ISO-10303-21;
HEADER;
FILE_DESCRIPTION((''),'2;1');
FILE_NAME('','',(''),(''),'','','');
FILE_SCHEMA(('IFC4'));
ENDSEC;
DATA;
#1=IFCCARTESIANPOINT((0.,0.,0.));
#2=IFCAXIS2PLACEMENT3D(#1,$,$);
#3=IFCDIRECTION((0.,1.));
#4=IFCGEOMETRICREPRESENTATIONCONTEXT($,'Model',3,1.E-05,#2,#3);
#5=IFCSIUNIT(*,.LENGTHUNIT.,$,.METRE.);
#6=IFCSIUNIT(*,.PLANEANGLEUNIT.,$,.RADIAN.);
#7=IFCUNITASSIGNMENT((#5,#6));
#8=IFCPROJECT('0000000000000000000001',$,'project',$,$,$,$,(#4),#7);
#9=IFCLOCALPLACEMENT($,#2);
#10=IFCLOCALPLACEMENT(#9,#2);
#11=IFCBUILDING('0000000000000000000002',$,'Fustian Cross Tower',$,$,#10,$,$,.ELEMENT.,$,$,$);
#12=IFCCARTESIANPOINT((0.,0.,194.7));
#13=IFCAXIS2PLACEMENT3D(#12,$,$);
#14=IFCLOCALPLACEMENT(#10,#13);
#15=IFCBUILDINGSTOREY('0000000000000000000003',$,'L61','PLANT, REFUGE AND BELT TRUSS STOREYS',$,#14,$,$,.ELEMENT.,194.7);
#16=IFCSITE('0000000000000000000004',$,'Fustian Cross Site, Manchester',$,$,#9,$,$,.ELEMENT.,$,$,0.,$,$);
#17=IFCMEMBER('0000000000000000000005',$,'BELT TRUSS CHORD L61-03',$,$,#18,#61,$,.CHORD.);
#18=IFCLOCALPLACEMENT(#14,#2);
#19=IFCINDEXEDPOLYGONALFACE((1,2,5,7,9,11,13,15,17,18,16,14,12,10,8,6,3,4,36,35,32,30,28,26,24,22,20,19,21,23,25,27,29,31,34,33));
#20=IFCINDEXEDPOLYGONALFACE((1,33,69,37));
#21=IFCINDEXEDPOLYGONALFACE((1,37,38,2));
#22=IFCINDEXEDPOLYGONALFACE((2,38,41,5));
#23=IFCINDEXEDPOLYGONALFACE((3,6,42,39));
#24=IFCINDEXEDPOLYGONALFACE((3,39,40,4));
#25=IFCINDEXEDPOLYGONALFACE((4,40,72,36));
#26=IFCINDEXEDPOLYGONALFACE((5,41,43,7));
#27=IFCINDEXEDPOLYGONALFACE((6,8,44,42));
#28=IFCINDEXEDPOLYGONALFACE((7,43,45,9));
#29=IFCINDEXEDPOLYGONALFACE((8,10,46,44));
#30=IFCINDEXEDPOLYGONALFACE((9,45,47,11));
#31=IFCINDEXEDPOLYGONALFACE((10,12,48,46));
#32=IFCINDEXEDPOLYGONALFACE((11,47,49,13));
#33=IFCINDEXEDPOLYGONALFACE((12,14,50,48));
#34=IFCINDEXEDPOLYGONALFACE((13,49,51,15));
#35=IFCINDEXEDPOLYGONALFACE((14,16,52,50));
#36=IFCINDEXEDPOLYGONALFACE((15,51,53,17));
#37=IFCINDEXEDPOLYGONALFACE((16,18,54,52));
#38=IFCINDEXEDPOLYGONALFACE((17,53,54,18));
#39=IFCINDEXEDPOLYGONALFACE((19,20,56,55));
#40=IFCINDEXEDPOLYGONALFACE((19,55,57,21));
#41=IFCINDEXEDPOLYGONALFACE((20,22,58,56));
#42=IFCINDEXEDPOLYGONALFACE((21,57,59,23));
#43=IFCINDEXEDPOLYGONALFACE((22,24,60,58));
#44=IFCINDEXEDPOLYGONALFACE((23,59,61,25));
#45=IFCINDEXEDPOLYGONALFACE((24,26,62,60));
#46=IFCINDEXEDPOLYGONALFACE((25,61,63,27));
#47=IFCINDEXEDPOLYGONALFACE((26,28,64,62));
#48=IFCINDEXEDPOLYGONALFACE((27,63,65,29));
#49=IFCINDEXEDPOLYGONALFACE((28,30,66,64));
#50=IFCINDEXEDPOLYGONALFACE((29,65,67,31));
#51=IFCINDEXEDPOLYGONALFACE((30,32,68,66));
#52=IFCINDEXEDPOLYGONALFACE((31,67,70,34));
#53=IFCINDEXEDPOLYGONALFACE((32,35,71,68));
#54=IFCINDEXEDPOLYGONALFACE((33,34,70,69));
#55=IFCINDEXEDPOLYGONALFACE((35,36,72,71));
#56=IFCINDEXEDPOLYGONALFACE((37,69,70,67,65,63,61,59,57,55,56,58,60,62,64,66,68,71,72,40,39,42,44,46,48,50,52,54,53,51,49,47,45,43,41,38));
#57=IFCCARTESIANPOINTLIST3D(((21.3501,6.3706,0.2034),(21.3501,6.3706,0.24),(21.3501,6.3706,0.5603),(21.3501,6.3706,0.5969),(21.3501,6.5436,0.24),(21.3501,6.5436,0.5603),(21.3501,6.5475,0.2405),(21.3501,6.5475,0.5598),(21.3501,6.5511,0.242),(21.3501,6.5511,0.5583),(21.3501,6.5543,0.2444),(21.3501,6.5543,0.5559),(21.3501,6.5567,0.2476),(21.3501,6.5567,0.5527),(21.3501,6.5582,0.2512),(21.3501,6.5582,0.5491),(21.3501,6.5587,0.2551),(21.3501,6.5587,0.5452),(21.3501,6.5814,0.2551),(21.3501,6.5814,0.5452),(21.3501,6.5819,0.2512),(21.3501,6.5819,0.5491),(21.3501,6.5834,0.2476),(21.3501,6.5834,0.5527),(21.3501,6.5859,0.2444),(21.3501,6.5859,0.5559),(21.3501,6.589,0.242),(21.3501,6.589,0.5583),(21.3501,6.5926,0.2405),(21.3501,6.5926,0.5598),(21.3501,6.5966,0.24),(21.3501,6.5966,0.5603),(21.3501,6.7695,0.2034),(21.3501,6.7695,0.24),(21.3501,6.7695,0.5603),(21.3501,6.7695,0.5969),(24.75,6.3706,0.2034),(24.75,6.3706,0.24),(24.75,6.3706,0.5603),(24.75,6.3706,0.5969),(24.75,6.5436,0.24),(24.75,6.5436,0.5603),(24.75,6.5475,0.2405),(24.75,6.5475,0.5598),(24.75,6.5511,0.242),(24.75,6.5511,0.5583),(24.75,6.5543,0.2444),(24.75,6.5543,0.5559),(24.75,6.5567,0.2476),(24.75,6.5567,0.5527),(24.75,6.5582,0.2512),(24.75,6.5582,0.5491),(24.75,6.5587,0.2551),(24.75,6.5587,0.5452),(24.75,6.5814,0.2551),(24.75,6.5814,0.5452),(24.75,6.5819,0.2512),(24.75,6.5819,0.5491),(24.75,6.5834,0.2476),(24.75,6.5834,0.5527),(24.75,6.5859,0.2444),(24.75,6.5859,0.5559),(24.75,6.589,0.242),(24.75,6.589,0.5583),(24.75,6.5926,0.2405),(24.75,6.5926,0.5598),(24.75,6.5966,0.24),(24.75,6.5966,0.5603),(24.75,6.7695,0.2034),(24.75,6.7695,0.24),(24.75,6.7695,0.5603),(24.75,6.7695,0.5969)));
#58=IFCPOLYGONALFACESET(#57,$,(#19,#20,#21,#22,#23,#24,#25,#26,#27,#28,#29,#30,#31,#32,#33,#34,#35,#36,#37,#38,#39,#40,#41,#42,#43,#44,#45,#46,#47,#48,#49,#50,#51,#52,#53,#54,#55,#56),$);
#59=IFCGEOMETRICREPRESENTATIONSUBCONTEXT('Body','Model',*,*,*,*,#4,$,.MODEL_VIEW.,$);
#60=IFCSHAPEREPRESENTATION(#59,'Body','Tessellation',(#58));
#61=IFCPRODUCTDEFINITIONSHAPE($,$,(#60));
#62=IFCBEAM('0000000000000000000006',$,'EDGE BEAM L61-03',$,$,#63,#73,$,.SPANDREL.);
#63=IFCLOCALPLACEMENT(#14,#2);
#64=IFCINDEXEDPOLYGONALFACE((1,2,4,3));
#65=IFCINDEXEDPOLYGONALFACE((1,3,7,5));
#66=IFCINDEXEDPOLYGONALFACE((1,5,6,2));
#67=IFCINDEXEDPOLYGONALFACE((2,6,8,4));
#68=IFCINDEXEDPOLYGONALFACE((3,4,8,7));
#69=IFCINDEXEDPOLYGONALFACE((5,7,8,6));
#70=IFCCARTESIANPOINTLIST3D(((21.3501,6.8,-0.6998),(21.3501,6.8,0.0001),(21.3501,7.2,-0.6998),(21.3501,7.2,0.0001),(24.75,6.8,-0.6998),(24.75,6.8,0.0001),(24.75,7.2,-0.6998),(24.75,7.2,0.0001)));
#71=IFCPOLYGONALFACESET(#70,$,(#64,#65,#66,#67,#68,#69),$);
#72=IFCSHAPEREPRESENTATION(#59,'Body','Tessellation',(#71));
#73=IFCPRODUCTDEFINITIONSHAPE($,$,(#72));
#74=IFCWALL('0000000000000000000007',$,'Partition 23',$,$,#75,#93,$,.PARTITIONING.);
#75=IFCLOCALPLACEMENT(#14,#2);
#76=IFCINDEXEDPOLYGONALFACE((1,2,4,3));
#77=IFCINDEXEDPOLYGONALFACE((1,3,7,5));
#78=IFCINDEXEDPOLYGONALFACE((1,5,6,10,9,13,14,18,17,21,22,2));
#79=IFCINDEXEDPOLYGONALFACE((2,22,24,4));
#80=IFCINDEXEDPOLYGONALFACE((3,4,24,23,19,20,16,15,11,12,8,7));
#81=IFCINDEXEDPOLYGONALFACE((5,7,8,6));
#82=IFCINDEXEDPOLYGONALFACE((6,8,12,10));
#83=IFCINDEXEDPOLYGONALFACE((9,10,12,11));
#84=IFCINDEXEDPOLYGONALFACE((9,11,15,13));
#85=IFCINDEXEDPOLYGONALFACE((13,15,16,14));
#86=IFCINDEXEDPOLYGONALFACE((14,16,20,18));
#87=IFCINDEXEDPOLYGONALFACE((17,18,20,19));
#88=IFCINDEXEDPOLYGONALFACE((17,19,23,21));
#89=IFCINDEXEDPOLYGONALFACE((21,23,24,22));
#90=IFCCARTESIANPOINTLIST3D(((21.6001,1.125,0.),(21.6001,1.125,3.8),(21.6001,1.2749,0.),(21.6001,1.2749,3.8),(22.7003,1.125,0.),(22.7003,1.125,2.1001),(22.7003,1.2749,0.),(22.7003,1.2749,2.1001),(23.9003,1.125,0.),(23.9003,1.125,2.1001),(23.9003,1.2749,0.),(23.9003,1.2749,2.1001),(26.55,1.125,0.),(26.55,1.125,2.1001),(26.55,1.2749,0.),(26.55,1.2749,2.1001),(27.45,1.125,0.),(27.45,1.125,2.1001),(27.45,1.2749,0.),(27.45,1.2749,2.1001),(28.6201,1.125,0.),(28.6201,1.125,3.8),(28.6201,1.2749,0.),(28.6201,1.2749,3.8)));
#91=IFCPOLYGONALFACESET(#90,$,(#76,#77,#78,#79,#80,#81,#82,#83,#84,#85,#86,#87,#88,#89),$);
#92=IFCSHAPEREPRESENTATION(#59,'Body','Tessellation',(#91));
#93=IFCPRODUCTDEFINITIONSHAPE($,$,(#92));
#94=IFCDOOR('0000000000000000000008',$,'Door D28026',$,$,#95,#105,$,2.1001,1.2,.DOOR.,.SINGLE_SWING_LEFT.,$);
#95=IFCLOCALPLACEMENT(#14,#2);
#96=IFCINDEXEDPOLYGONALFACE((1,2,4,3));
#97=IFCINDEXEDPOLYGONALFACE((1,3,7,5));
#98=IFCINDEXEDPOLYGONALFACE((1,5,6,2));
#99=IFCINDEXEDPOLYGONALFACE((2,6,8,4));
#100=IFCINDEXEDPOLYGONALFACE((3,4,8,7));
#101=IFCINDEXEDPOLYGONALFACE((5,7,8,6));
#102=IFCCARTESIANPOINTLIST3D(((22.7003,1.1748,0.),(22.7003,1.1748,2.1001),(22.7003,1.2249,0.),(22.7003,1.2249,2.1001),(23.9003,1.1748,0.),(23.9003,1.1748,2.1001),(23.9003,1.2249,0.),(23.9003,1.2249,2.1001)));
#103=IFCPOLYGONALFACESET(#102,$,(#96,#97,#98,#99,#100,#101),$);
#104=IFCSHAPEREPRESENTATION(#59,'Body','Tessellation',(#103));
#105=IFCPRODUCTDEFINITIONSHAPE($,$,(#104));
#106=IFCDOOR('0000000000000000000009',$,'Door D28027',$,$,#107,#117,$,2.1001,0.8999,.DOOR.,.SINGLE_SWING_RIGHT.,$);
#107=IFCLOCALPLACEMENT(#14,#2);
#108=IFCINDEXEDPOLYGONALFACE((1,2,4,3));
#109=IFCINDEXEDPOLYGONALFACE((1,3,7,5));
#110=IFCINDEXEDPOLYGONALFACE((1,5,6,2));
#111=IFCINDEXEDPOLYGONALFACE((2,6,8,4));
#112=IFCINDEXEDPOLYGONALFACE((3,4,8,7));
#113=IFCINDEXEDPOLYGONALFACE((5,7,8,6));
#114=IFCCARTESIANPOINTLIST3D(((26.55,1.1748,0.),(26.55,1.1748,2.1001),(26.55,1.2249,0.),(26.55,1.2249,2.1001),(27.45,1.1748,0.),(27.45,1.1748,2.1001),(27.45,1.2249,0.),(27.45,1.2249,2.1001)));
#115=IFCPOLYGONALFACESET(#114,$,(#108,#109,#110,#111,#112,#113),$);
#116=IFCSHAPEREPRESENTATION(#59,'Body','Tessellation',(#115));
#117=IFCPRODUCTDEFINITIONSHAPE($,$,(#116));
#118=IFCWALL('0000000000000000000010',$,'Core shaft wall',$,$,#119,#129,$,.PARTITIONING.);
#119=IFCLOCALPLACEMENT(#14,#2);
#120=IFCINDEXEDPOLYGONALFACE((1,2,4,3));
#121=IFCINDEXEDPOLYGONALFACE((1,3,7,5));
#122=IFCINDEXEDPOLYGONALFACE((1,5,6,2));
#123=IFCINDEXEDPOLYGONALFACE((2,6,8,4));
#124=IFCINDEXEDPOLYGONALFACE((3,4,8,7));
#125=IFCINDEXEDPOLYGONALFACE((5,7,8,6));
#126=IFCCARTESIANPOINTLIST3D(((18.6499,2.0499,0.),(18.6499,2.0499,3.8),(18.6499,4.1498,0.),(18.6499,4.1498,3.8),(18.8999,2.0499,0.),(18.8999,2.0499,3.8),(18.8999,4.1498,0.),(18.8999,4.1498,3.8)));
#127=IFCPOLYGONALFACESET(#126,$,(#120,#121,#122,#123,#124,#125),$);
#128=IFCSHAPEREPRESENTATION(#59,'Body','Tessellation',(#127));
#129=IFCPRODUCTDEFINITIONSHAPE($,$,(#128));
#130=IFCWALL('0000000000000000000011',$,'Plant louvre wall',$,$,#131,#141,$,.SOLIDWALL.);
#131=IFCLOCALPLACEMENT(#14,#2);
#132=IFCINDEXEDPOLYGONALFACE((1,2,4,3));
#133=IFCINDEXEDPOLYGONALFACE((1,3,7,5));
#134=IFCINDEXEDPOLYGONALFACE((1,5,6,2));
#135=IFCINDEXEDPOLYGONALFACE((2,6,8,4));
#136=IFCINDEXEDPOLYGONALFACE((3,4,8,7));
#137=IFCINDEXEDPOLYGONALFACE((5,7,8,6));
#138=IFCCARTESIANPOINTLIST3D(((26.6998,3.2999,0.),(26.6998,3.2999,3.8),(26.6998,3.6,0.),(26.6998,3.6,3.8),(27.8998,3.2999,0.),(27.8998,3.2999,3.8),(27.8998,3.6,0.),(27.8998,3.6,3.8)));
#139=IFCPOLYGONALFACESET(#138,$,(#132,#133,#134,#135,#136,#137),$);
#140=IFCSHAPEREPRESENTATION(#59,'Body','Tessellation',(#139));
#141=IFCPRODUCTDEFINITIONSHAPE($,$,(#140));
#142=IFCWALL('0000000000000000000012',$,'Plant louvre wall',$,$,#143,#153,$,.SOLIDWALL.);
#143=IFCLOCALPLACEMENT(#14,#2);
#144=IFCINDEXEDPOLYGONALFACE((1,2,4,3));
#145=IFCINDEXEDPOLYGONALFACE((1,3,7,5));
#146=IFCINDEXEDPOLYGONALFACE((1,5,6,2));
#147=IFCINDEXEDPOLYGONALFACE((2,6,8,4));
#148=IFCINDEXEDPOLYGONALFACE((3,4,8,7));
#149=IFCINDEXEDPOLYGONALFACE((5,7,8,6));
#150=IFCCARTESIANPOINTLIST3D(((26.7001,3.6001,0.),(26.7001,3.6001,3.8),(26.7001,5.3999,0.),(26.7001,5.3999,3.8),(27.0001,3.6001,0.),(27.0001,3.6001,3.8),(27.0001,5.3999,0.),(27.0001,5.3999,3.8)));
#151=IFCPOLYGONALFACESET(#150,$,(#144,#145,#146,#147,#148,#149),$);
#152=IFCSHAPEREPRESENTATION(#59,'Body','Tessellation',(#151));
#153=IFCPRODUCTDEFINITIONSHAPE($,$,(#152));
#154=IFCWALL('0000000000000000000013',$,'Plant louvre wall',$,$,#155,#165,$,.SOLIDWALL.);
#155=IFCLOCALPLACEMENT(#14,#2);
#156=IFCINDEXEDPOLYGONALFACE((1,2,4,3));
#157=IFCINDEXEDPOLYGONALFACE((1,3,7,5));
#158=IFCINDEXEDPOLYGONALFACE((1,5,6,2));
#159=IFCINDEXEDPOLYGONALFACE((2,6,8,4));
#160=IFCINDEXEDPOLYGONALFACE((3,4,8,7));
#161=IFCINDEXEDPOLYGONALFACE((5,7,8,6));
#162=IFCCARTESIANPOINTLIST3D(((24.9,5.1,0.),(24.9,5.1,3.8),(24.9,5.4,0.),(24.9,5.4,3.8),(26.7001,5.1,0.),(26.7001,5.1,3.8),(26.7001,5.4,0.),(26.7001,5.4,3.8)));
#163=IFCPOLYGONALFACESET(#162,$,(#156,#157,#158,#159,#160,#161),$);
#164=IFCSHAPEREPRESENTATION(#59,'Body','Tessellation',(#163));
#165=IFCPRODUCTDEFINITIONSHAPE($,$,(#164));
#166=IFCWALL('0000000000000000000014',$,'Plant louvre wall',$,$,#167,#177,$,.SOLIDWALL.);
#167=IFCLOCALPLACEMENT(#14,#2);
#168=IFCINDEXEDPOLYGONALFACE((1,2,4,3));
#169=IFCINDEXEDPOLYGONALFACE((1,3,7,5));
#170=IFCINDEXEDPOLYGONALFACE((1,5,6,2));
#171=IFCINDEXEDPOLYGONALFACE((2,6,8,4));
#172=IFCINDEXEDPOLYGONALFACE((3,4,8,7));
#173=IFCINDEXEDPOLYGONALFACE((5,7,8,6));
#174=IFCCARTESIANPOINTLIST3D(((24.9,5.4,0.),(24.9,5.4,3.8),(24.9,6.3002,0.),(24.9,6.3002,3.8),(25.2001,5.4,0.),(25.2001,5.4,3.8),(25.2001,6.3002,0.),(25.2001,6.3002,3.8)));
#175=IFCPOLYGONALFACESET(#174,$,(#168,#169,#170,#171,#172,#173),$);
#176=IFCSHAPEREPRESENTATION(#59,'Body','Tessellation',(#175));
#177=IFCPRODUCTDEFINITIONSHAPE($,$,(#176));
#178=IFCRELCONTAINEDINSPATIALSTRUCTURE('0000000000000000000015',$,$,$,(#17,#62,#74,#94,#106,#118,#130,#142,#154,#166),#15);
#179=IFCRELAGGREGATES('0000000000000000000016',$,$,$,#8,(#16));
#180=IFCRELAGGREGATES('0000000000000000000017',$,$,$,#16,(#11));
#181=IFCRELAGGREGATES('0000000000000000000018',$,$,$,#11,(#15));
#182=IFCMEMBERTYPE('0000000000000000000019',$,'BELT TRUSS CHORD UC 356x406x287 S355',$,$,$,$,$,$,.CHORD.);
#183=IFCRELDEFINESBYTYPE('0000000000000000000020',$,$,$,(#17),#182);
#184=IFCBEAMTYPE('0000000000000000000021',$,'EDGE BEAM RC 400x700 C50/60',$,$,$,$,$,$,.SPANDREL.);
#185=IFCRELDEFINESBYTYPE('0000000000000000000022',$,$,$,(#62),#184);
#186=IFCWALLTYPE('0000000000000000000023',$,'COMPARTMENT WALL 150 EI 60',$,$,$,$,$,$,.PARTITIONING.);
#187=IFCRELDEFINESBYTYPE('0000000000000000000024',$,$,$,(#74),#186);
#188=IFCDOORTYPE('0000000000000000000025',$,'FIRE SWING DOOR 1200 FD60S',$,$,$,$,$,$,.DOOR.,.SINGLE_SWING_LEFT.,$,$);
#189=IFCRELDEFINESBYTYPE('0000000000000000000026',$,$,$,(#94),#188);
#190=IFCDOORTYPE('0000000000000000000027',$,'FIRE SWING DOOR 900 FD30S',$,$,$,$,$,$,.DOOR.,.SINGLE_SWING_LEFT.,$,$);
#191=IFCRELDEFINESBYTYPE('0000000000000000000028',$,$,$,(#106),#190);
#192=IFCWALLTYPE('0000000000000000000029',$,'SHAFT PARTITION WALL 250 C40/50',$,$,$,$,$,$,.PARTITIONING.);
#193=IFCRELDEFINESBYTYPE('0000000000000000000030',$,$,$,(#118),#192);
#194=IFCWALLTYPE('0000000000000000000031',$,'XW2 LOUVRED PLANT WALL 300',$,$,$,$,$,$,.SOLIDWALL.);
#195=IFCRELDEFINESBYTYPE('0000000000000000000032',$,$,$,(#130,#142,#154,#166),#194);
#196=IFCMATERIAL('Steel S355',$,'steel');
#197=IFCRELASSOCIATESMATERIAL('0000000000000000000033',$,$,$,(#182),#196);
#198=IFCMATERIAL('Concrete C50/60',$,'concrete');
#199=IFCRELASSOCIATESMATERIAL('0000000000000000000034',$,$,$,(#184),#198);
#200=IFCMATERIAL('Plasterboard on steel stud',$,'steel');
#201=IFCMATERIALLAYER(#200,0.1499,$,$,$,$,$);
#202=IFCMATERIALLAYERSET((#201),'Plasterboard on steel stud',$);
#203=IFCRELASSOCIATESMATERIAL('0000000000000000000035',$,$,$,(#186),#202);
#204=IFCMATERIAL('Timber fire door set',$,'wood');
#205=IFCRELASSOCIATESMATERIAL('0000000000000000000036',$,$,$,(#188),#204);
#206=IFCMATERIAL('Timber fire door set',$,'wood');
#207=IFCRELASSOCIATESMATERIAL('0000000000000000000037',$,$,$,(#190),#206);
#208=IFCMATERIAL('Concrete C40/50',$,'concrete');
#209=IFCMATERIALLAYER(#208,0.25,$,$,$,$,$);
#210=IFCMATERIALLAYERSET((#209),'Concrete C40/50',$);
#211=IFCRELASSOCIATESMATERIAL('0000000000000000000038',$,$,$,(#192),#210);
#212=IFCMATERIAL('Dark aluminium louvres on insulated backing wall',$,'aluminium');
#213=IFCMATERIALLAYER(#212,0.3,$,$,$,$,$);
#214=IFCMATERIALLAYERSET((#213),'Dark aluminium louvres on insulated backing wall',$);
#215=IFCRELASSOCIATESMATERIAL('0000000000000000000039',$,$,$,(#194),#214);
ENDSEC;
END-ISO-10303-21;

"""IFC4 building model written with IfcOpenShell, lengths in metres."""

from ifc_helpers import new_model, si_unit, direction, frame, frame_2d, origin, origin_2d, place, context, subcontext, project, spatial, rectangle, i_section, extrude, material, layer, layer_set, material_profile, profile_set, type_object, element, fill, save


model = new_model("IFC4")

# Units and contexts
model_context = context("Model", 3, precision=1e-05, world=origin(), true_north=direction((0.0, 1.0)))
body_context = subcontext(model_context, "Body", "Model", "MODEL_VIEW")
ifc_project = project(units=[si_unit("LENGTHUNIT", "METRE"), si_unit("PLANEANGLEUNIT", "RADIAN")], contexts=[model_context])

# Site, building, storey
site_placement = place(None, origin())
site = spatial("IfcSite", under=ifc_project, at=site_placement, Name="Fustian Cross Site, Manchester", CompositionType="ELEMENT", RefElevation=0.0)
building_placement = place(site_placement, origin())
building = spatial("IfcBuilding", under=site, at=building_placement, Name="Fustian Cross Tower", CompositionType="ELEMENT")
storey_placement = place(building_placement, frame((0.0, 0.0, 194.7)))
storey = spatial("IfcBuildingStorey", under=building, at=storey_placement, Name="L61", Description="PLANT, REFUGE AND BELT TRUSS STOREYS", CompositionType="ELEMENT", Elevation=194.7)

# Member
ifc_material_1 = material(Name="Steel S355", Category="steel")
ifc_material_profile_1 = material_profile(ifc_material_1, i_section(OverallWidth=0.3989, OverallDepth=0.3936, WebThickness=0.0227, FlangeThickness=0.0366, FilletRadius=0.0151, at=origin_2d()), Name="UC 356x406x287")
ifc_profile_set_1 = profile_set([ifc_material_profile_1], Name="Steel S355")
member_type_1 = type_object("IfcMemberType", Name="BELT TRUSS CHORD UC 356x406x287 S355", PredefinedType="CHORD", material=ifc_profile_set_1)
for number, where, z_axis, x_axis, name in (
    (1, (24.75, 6.5701, 0.4001), (-1.0, 0.0, 0.0), (0.0, -1.0, 0.0), "BELT TRUSS CHORD L61-03"),
):
    element("IfcMember", number, at=place(storey_placement, frame(where, z_axis=z_axis, x_axis=x_axis)), inside=storey, type_object=member_type_1, Name=name, PredefinedType="CHORD", context=body_context, shape_type="SweptSolid", body=[
        extrude(i_section(OverallWidth=0.3989, OverallDepth=0.3936, WebThickness=0.0227, FlangeThickness=0.0366, FilletRadius=0.0151, at=origin_2d()), origin(), (0.0, 0.0, 1.0), 3.3999),
    ])

# Beam
ifc_material_2 = material(Name="Concrete C50/60", Category="concrete")
ifc_material_profile_2 = material_profile(ifc_material_2, rectangle(XDim=0.3999, YDim=0.7, at=origin_2d()), Name="RC 400x700")
ifc_profile_set_2 = profile_set([ifc_material_profile_2], Name="Concrete C50/60")
beam_type = type_object("IfcBeamType", Name="EDGE BEAM RC 400x700 C50/60", PredefinedType="SPANDREL", material=ifc_profile_set_2)
beam_placement = place(storey_placement, frame((24.75, 7.0, -0.3499), z_axis=(-1.0, 0.0, 0.0), x_axis=(0.0, -1.0, 0.0)))
element("IfcBeam", 2, at=beam_placement, inside=storey, type_object=beam_type, Name="EDGE BEAM L61-03", PredefinedType="SPANDREL", context=body_context, shape_type="SweptSolid", body=[
    extrude(rectangle(XDim=0.3999, YDim=0.7, at=origin_2d()), origin(), (0.0, 0.0, 1.0), 3.3999),
])

# Wall, openings, doors
ifc_material_3 = material(Name="Plasterboard on steel stud", Category="steel")
ifc_layer_1 = layer(ifc_material_3, 0.1499)
ifc_layer_set_1 = layer_set([ifc_layer_1], Name="Plasterboard on steel stud")
wall_type_1 = type_object("IfcWallType", Name="COMPARTMENT WALL 150 EI 60", PredefinedType="PARTITIONING", material=ifc_layer_set_1)
wall_1_placement = place(storey_placement, frame((21.6001, 1.2, 0.0), z_axis=(0.0, 0.0, 1.0), x_axis=(1.0, 0.0, 0.0)))
wall_1 = element("IfcWall", 3, at=wall_1_placement, inside=storey, type_object=wall_type_1, Name="Partition 23", PredefinedType="PARTITIONING", context=body_context, shape_type="SweptSolid", body=[
    extrude(rectangle(XDim=7.02, YDim=0.1499, at=frame_2d((3.51, 0.0))), origin(), (0.0, 0.0, 1.0), 3.8),
])
opening_1_placement = place(wall_1_placement, frame((1.1001, 0.0, 0.0)))
opening_1 = element("IfcOpeningElement", 4, at=opening_1_placement, cuts=wall_1, PredefinedType="OPENING", context=body_context, shape_type="SweptSolid", body=[
    extrude(rectangle(XDim=1.2, YDim=2.1001, at=frame_2d((0.6001, 1.05))), frame((0.0, 0.085, 0.0), z_axis=(0.0, -1.0, 0.0), x_axis=(1.0, 0.0, 0.0)), (0.0, 0.0, 1.0), 0.1699),
])
opening_2_placement = place(wall_1_placement, frame((4.95, 0.0, 0.0)))
opening_2 = element("IfcOpeningElement", 5, at=opening_2_placement, cuts=wall_1, PredefinedType="OPENING", context=body_context, shape_type="SweptSolid", body=[
    extrude(rectangle(XDim=0.8999, YDim=2.1001, at=frame_2d((0.45, 1.05))), frame((0.0, 0.085, 0.0), z_axis=(0.0, -1.0, 0.0), x_axis=(1.0, 0.0, 0.0)), (0.0, 0.0, 1.0), 0.1699),
])
ifc_material_4 = material(Name="Timber fire door set", Category="wood")
door_type_1 = type_object("IfcDoorType", Name="FIRE SWING DOOR 1200 FD60S", OperationType="SINGLE_SWING_LEFT", PredefinedType="DOOR", material=ifc_material_4)
door_1_placement = place(opening_1_placement, origin())
door_1 = element("IfcDoor", 6, at=door_1_placement, inside=storey, type_object=door_type_1, Name="Door D28026", OperationType="SINGLE_SWING_LEFT", OverallHeight=2.1001, OverallWidth=1.2, PredefinedType="DOOR", context=body_context, shape_type="SweptSolid", body=[
    extrude(rectangle(XDim=1.2, YDim=2.1001, at=frame_2d((0.6001, 1.05))), frame((0.0, 0.0249, 0.0), z_axis=(0.0, -1.0, 0.0), x_axis=(1.0, 0.0, 0.0)), (0.0, 0.0, 1.0), 0.05),
])
fill(opening_1, door_1)
ifc_material_5 = material(Name="Timber fire door set", Category="wood")
door_type_2 = type_object("IfcDoorType", Name="FIRE SWING DOOR 900 FD30S", OperationType="SINGLE_SWING_LEFT", PredefinedType="DOOR", material=ifc_material_5)
door_2_placement = place(opening_2_placement, origin())
door_2 = element("IfcDoor", 7, at=door_2_placement, inside=storey, type_object=door_type_2, Name="Door D28027", OperationType="SINGLE_SWING_RIGHT", OverallHeight=2.1001, OverallWidth=0.8999, PredefinedType="DOOR", context=body_context, shape_type="SweptSolid", body=[
    extrude(rectangle(XDim=0.8999, YDim=2.1001, at=frame_2d((0.45, 1.05))), frame((0.0, 0.0249, 0.0), z_axis=(0.0, -1.0, 0.0), x_axis=(1.0, 0.0, 0.0)), (0.0, 0.0, 1.0), 0.05),
])
fill(opening_2, door_2)

# Walls
ifc_material_6 = material(Name="Concrete C40/50", Category="concrete")
ifc_layer_2 = layer(ifc_material_6, 0.25)
ifc_layer_set_2 = layer_set([ifc_layer_2], Name="Concrete C40/50")
wall_type_2 = type_object("IfcWallType", Name="SHAFT PARTITION WALL 250 C40/50", PredefinedType="PARTITIONING", material=ifc_layer_set_2)
wall_2_placement = place(storey_placement, frame((18.7749, 2.05, 0.0), z_axis=(0.0, 0.0, 1.0), x_axis=(0.0, 1.0, 0.0)))
element("IfcWall", 8, at=wall_2_placement, inside=storey, type_object=wall_type_2, Name="Core shaft wall", PredefinedType="PARTITIONING", context=body_context, shape_type="SweptSolid", body=[
    extrude(rectangle(XDim=2.0999, YDim=0.25, at=frame_2d((1.0498, 0.0))), origin(), (0.0, 0.0, 1.0), 3.8),
])
ifc_material_7 = material(Name="Dark aluminium louvres on insulated backing wall", Category="aluminium")
ifc_layer_3 = layer(ifc_material_7, 0.3)
ifc_layer_set_3 = layer_set([ifc_layer_3], Name="Dark aluminium louvres on insulated backing wall")
wall_type_3 = type_object("IfcWallType", Name="XW2 LOUVRED PLANT WALL 300", PredefinedType="SOLIDWALL", material=ifc_layer_set_3)
wall_3_placement = place(storey_placement, frame((27.8999, 3.45, 0.0), z_axis=(0.0, 0.0, 1.0), x_axis=(-1.0, 0.0, 0.0)))
element("IfcWall", 9, at=wall_3_placement, inside=storey, type_object=wall_type_3, Name="Plant louvre wall", PredefinedType="SOLIDWALL", context=body_context, shape_type="SweptSolid", body=[
    extrude(rectangle(XDim=1.2, YDim=0.3, at=frame_2d((0.6001, 0.0))), origin(), (0.0, 0.0, 1.0), 3.8),
])
wall_4_placement = place(storey_placement, frame((26.8501, 3.6001, 0.0), z_axis=(0.0, 0.0, 1.0), x_axis=(0.0, 1.0, 0.0)))
element("IfcWall", 10, at=wall_4_placement, inside=storey, type_object=wall_type_3, Name="Plant louvre wall", PredefinedType="SOLIDWALL", context=body_context, shape_type="SweptSolid", body=[
    extrude(rectangle(XDim=1.7998, YDim=0.3, at=frame_2d((0.8999, 0.0))), origin(), (0.0, 0.0, 1.0), 3.8),
])
wall_5_placement = place(storey_placement, frame((26.7, 5.25, 0.0), z_axis=(0.0, 0.0, 1.0), x_axis=(-1.0, 0.0, 0.0)))
element("IfcWall", 11, at=wall_5_placement, inside=storey, type_object=wall_type_3, Name="Plant louvre wall", PredefinedType="SOLIDWALL", context=body_context, shape_type="SweptSolid", body=[
    extrude(rectangle(XDim=1.8, YDim=0.3, at=frame_2d((0.8999, 0.0))), origin(), (0.0, 0.0, 1.0), 3.8),
])
wall_6_placement = place(storey_placement, frame((25.05, 5.3999, 0.0), z_axis=(0.0, 0.0, 1.0), x_axis=(0.0, 1.0, 0.0)))
element("IfcWall", 12, at=wall_6_placement, inside=storey, type_object=wall_type_3, Name="Plant louvre wall", PredefinedType="SOLIDWALL", context=body_context, shape_type="SweptSolid", body=[
    extrude(rectangle(XDim=0.9001, YDim=0.3, at=frame_2d((0.4502, 0.0))), origin(), (0.0, 0.0, 1.0), 3.8),
])

save(model, "model.ifc")
